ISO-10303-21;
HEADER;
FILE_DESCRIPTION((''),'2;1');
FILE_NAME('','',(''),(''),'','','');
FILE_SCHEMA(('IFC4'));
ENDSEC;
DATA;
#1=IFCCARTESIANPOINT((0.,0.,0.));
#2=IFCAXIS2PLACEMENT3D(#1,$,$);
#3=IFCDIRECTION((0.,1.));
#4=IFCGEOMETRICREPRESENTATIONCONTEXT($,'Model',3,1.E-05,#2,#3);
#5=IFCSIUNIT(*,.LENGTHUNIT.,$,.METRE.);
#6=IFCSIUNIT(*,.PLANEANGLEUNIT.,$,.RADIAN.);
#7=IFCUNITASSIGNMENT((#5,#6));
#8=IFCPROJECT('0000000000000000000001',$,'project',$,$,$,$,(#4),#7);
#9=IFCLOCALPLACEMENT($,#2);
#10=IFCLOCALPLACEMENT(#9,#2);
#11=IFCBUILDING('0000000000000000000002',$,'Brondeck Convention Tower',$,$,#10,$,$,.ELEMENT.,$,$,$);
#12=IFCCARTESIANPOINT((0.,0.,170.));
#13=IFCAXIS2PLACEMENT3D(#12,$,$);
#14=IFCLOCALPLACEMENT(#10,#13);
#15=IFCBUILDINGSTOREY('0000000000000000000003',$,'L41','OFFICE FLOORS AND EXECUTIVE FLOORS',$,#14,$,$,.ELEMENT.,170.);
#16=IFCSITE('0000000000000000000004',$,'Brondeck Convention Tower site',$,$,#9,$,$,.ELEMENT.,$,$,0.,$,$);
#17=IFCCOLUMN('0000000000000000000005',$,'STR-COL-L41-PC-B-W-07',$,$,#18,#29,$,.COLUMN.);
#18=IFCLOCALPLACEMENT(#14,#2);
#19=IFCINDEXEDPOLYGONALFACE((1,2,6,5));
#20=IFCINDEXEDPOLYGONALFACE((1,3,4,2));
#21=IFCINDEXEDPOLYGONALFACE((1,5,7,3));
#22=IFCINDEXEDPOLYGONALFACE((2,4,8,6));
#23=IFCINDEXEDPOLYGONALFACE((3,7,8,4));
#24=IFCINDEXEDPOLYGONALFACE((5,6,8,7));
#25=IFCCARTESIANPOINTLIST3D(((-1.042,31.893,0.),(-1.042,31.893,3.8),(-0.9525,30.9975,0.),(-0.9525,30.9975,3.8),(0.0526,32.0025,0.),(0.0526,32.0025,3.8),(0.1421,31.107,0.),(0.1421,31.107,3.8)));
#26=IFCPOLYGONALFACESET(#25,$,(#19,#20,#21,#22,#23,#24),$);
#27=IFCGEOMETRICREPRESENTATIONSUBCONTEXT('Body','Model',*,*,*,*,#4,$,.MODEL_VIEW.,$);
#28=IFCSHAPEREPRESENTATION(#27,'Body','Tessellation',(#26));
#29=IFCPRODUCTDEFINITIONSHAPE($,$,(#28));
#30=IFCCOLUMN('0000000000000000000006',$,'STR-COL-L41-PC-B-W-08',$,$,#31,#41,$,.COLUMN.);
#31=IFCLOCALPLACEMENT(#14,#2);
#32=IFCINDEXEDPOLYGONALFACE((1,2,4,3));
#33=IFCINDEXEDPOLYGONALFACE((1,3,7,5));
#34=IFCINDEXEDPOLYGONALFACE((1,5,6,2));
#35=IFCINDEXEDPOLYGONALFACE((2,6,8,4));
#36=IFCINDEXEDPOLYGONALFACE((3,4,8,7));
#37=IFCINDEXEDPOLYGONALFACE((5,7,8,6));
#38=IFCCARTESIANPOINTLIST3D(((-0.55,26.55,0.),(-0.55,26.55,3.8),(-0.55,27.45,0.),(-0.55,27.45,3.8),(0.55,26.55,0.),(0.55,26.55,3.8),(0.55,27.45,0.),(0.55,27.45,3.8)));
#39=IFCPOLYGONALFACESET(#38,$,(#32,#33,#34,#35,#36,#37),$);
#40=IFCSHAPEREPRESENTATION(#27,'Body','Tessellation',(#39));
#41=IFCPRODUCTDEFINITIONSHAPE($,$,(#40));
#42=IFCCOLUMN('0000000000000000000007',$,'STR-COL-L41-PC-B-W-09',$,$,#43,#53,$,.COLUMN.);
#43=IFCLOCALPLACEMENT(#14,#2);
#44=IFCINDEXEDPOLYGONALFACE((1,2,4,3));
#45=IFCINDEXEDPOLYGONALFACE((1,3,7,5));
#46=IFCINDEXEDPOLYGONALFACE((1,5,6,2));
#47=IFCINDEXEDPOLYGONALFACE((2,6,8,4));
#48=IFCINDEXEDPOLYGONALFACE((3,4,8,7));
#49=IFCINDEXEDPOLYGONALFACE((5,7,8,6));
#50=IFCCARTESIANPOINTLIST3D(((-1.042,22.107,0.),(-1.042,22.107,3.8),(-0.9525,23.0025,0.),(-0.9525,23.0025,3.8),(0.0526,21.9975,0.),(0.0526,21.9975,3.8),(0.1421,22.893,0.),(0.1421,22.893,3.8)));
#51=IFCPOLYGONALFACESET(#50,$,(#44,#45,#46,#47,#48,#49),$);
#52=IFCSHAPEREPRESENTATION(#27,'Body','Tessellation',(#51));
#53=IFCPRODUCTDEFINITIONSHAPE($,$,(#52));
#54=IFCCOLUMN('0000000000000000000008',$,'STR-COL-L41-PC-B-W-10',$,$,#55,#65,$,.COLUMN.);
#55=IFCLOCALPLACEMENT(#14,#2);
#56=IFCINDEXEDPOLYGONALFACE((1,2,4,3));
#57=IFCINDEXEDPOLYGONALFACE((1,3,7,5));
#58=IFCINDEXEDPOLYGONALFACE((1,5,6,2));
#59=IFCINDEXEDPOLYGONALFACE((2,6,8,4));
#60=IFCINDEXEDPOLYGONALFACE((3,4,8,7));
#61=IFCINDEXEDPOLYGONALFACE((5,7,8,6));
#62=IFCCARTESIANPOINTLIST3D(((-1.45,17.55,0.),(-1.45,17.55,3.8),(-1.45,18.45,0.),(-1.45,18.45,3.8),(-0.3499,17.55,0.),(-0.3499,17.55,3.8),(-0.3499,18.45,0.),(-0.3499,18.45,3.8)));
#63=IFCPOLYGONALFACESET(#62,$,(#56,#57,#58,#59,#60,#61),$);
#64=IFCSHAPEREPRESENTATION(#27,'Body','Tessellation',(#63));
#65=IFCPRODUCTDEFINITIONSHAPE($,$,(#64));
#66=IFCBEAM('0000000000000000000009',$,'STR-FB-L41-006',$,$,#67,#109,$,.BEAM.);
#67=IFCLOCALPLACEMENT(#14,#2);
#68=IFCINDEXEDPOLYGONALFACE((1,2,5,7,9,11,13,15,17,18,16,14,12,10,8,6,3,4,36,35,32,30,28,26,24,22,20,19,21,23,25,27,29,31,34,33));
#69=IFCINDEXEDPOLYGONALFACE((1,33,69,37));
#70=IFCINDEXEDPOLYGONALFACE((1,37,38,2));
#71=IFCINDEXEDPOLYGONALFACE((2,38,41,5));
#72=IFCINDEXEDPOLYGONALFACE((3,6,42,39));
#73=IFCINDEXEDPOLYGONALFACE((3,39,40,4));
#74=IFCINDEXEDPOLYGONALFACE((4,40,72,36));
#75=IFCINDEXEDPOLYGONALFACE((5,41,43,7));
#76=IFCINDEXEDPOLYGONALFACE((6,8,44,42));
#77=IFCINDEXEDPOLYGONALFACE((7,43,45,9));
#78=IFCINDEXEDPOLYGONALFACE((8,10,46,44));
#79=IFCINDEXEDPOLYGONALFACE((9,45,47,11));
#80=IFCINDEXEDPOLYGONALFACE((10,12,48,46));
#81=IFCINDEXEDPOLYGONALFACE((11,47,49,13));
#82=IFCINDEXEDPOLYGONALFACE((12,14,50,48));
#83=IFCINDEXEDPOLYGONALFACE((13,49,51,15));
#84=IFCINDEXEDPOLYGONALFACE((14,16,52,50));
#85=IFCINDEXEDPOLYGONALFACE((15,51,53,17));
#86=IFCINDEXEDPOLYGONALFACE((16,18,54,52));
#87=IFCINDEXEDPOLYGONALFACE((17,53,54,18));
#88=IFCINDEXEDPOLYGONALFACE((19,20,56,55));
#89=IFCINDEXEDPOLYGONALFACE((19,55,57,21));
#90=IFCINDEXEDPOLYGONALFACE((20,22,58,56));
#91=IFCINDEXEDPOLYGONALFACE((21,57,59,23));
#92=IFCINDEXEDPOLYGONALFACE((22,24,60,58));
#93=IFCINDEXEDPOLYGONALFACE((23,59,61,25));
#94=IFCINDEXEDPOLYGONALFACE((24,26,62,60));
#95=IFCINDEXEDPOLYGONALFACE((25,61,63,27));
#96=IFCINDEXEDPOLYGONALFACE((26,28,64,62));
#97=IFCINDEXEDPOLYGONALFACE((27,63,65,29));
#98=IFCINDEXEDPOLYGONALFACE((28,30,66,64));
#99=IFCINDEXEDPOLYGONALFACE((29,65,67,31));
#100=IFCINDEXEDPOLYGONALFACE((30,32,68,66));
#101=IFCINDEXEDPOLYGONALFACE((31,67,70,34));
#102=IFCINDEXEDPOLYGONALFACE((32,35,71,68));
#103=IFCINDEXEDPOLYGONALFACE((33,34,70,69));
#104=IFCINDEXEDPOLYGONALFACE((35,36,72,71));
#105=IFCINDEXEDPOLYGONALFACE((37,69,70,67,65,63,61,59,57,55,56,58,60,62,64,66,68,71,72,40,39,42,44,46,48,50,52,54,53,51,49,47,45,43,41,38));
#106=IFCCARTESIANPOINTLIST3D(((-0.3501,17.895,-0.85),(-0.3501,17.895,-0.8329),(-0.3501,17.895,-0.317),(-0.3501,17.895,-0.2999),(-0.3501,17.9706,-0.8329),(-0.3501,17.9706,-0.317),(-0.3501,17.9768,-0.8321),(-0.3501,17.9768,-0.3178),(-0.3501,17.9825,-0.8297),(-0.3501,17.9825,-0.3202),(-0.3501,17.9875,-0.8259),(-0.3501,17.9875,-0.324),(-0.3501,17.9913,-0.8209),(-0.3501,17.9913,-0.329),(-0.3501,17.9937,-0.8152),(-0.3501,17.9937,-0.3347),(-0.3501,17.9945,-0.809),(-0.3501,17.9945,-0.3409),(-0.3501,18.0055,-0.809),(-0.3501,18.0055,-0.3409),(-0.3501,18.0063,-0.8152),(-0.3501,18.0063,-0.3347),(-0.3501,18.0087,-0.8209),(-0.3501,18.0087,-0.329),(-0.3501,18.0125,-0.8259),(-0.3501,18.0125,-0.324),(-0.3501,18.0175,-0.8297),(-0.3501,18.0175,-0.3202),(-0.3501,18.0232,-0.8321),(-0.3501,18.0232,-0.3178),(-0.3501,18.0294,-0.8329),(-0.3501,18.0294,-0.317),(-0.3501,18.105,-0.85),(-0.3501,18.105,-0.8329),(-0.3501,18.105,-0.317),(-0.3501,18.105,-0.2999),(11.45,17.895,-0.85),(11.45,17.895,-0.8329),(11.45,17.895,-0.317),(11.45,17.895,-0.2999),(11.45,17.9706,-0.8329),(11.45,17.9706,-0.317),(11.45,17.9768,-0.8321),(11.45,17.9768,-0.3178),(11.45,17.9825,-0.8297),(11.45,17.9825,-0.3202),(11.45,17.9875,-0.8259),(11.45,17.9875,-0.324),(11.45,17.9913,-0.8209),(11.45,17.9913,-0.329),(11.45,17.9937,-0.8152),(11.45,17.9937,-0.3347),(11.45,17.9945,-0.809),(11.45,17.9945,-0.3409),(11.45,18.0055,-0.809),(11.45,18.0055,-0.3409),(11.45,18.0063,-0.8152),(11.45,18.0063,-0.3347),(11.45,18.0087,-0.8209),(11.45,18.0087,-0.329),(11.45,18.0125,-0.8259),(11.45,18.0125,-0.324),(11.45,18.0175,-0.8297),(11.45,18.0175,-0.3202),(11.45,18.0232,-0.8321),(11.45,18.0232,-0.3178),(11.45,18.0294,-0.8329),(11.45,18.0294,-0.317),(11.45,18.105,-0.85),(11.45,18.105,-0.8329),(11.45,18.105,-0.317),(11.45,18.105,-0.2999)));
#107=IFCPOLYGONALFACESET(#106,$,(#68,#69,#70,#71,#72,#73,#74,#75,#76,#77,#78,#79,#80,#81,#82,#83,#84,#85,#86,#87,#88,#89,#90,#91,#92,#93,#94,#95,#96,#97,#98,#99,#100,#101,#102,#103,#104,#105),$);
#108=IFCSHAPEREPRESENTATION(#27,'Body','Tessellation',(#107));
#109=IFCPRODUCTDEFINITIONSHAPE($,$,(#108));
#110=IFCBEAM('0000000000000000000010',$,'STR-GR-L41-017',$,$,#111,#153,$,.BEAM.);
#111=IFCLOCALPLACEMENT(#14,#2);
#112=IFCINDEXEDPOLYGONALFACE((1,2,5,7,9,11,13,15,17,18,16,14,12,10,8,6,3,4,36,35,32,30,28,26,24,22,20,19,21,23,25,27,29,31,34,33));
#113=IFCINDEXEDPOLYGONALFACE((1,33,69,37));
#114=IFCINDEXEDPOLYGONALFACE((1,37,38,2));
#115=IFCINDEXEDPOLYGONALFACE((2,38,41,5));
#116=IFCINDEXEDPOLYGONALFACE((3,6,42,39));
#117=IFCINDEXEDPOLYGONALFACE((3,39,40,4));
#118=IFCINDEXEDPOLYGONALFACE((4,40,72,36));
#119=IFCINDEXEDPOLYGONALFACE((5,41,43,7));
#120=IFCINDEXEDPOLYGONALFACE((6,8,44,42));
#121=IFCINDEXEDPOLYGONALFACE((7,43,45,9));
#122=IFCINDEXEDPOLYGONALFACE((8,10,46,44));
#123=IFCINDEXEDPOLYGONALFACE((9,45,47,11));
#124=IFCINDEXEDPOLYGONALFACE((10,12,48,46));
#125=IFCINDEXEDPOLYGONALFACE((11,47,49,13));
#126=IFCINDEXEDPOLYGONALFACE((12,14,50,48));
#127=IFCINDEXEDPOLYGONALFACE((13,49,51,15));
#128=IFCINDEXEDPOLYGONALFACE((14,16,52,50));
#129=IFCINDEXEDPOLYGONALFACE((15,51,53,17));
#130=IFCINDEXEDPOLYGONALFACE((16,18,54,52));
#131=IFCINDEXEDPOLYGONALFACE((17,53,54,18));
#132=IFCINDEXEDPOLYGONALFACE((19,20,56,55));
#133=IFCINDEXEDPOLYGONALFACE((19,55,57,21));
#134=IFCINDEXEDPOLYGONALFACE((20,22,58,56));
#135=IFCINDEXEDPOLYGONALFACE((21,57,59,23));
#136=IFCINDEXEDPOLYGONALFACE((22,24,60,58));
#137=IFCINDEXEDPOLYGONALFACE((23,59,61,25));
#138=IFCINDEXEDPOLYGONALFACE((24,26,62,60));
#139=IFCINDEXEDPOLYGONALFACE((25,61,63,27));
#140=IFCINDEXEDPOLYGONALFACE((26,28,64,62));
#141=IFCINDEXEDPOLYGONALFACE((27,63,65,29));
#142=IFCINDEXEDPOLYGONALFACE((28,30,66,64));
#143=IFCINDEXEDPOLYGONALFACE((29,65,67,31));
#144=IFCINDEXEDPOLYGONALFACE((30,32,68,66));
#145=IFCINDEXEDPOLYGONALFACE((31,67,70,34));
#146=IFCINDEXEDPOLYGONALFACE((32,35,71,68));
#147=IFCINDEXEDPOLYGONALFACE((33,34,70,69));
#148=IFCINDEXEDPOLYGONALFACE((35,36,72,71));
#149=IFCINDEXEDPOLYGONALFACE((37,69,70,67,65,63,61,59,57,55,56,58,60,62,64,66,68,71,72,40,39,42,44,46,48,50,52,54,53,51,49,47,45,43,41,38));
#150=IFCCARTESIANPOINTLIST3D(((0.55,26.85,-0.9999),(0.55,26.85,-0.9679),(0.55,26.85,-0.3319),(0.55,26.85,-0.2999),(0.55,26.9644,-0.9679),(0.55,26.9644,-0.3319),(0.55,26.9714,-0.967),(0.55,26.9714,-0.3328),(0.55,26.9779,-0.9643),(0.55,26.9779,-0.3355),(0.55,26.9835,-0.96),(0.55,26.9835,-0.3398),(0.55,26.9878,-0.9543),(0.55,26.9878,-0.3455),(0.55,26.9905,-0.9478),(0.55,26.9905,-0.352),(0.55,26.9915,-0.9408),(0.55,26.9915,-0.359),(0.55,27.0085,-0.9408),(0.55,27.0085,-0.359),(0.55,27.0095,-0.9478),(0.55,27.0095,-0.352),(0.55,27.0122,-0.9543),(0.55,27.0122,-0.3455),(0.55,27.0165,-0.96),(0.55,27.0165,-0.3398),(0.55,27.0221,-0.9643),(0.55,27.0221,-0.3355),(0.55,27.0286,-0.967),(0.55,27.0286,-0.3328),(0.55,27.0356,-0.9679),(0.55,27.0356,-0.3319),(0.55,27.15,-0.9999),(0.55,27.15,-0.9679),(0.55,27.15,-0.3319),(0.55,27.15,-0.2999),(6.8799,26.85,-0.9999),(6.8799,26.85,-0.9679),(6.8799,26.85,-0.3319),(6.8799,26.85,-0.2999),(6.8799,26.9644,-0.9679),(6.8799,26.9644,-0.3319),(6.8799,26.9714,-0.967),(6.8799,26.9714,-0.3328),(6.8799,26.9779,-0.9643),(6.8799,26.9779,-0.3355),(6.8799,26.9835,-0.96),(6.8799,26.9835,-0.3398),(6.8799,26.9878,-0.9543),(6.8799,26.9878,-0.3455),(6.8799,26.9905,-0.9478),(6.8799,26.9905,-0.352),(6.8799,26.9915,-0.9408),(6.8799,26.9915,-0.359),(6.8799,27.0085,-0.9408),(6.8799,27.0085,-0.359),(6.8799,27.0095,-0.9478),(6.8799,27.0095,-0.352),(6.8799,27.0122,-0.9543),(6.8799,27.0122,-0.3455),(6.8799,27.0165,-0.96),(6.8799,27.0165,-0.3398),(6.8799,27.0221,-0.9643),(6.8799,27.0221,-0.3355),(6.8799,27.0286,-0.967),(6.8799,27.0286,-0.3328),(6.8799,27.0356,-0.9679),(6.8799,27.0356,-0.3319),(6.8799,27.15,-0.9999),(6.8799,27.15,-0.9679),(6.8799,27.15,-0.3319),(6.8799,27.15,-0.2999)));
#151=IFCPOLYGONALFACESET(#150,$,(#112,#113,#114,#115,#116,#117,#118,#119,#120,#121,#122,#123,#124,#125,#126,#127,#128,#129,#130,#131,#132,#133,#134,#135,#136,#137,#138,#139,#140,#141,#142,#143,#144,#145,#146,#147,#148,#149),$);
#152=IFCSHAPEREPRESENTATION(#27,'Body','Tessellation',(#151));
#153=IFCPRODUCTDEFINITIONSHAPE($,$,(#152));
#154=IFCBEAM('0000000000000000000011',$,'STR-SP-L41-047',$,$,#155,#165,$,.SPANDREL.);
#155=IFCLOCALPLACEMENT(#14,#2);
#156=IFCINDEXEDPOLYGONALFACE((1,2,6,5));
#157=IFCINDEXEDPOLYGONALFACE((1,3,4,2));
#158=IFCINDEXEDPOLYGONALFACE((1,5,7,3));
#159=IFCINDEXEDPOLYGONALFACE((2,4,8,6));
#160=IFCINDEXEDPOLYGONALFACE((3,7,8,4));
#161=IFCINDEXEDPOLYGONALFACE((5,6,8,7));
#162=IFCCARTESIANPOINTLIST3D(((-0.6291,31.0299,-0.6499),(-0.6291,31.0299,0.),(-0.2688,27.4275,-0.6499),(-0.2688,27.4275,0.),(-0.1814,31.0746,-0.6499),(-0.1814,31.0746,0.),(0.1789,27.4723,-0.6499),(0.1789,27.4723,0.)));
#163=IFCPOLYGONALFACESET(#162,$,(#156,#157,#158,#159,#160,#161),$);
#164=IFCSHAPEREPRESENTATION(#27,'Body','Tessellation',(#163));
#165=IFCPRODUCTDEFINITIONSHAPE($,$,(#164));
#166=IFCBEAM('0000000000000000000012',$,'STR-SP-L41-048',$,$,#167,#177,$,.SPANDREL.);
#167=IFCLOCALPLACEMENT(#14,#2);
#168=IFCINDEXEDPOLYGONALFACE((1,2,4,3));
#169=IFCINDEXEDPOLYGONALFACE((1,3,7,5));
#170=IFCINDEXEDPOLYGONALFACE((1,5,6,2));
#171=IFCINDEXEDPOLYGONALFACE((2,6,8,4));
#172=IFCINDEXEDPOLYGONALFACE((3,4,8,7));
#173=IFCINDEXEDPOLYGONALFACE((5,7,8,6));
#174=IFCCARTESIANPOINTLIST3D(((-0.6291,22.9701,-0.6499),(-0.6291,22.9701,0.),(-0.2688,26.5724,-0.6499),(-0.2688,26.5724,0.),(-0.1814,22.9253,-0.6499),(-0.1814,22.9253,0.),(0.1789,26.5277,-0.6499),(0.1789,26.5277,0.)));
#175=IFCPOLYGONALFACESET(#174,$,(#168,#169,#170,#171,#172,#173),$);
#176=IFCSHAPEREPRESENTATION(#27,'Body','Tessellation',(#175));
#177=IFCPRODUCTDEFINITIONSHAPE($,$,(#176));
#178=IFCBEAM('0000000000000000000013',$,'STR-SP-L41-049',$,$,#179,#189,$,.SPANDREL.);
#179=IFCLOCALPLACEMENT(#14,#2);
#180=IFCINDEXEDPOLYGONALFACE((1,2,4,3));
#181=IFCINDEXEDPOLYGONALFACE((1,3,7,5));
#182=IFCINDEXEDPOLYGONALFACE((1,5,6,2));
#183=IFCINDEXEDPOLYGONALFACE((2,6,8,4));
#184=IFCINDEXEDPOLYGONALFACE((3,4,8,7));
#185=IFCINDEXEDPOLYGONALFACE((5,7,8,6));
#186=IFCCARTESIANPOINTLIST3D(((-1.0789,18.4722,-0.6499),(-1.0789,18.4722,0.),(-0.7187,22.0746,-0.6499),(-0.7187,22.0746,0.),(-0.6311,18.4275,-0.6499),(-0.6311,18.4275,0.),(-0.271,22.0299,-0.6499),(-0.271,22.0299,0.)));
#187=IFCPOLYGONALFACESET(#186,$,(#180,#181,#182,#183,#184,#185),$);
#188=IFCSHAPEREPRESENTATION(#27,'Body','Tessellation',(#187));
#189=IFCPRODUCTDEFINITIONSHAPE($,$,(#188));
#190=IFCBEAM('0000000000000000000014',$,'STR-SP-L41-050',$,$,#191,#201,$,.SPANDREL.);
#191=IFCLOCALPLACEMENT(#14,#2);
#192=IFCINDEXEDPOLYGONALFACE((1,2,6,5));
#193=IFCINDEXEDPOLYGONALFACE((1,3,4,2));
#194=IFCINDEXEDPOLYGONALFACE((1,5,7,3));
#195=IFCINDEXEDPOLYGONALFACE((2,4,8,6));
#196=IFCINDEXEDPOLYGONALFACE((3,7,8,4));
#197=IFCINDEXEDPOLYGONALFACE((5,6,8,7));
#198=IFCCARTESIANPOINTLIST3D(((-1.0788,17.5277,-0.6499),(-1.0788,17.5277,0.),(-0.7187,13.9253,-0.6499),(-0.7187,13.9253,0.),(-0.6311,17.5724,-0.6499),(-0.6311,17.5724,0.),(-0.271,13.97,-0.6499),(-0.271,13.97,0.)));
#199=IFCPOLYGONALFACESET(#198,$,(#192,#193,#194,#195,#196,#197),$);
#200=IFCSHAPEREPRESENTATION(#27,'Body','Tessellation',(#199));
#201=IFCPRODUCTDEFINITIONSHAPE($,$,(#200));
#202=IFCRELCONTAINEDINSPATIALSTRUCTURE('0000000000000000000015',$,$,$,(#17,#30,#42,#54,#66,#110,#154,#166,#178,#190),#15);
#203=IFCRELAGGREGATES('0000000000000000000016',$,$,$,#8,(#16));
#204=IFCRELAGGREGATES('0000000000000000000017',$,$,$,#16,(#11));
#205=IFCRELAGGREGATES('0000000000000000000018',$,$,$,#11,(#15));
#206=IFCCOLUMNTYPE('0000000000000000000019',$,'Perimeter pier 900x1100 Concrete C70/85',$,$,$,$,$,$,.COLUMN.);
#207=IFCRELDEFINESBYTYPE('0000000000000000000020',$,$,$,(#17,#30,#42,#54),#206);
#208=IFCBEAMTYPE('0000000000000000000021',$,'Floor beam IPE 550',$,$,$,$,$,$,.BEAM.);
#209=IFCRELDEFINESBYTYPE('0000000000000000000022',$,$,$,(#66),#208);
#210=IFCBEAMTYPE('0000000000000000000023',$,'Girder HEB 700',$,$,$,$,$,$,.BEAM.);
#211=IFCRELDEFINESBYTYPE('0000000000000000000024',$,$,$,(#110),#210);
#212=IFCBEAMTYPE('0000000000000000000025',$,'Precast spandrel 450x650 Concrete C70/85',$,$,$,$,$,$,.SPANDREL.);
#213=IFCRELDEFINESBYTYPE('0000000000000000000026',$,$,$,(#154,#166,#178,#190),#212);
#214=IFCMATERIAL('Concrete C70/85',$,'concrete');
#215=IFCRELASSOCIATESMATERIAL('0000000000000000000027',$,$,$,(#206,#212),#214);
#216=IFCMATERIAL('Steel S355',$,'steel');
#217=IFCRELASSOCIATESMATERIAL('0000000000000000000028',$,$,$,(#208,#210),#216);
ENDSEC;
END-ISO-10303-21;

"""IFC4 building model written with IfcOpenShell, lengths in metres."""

from ifc_helpers import new_model, si_unit, direction, frame, origin, origin_2d, place, context, subcontext, project, spatial, rectangle, i_section, extrude, material, material_profile, profile_set, type_object, element, save


model = new_model("IFC4")

# Units and contexts
model_context = context("Model", 3, precision=1e-05, world=origin(), true_north=direction((0.0, 1.0)))
body_context = subcontext(model_context, "Body", "Model", "MODEL_VIEW")
ifc_project = project(units=[si_unit("LENGTHUNIT", "METRE"), si_unit("PLANEANGLEUNIT", "RADIAN")], contexts=[model_context])

# Site, building, storey
site_placement = place(None, origin())
site = spatial("IfcSite", under=ifc_project, at=site_placement, Name="Brondeck Convention Tower site", CompositionType="ELEMENT", RefElevation=0.0)
building_placement = place(site_placement, origin())
building = spatial("IfcBuilding", under=site, at=building_placement, Name="Brondeck Convention Tower", CompositionType="ELEMENT")
storey_placement = place(building_placement, frame((0.0, 0.0, 170.0)))
storey = spatial("IfcBuildingStorey", under=building, at=storey_placement, Name="L41", Description="OFFICE FLOORS AND EXECUTIVE FLOORS", CompositionType="ELEMENT", Elevation=170.0)

# Columns
ifc_material_1 = material(Name="Concrete C70/85", Category="concrete")
ifc_material_profile_1 = material_profile(ifc_material_1, rectangle(XDim=0.8999, YDim=1.1001, at=origin_2d()), Name="Perimeter pier 900x1100 Concrete C70/85")
ifc_profile_set_1 = profile_set([ifc_material_profile_1], Name="Concrete C70/85")
column_type = type_object("IfcColumnType", Name="Perimeter pier 900x1100 Concrete C70/85", PredefinedType="COLUMN", material=ifc_profile_set_1)
for number, where, z_axis, x_axis, name in (
    (1, (-0.45, 31.5, 0.0), (0.0, 0.0, 1.0), (0.099504, -0.995037, 0.0), "STR-COL-L41-PC-B-W-07"),
    (2, (0.0, 27.0, 0.0), (0.0, 0.0, 1.0), (0.0, -1.0, 0.0), "STR-COL-L41-PC-B-W-08"),
    (3, (-0.45, 22.5, 0.0), (0.0, 0.0, 1.0), (-0.099504, -0.995037, 0.0), "STR-COL-L41-PC-B-W-09"),
    (4, (-0.8999, 18.0, 0.0), (0.0, 0.0, 1.0), (0.0, -1.0, 0.0), "STR-COL-L41-PC-B-W-10"),
):
    element("IfcColumn", number, at=place(storey_placement, frame(where, z_axis=z_axis, x_axis=x_axis)), inside=storey, type_object=column_type, Name=name, PredefinedType="COLUMN", context=body_context, shape_type="SweptSolid", body=[
        extrude(rectangle(XDim=0.8999, YDim=1.1001, at=origin_2d()), origin(), (0.0, 0.0, 1.0), 3.8),
    ])

# Beams
ifc_material_2 = material(Name="Steel S355", Category="steel")
ifc_material_profile_2 = material_profile(ifc_material_2, i_section(OverallWidth=0.21, OverallDepth=0.55, WebThickness=0.011, FlangeThickness=0.0171, FilletRadius=0.0239, at=origin_2d()), Name="IPE 550")
ifc_profile_set_2 = profile_set([ifc_material_profile_2], Name="Steel S355")
beam_type_1 = type_object("IfcBeamType", Name="Floor beam IPE 550", PredefinedType="BEAM", material=ifc_profile_set_2)
beam_1_placement = place(storey_placement, frame((-0.3501, 18.0, -0.575), z_axis=(1.0, 0.0, 0.0), x_axis=(0.0, 1.0, 0.0)))
element("IfcBeam", 5, at=beam_1_placement, inside=storey, type_object=beam_type_1, Name="STR-FB-L41-006", PredefinedType="BEAM", context=body_context, shape_type="SweptSolid", body=[
    extrude(i_section(OverallWidth=0.21, OverallDepth=0.55, WebThickness=0.011, FlangeThickness=0.0171, FilletRadius=0.0239, at=origin_2d()), origin(), (0.0, 0.0, 1.0), 11.8),
])
ifc_material_profile_3 = material_profile(ifc_material_2, i_section(OverallWidth=0.3, OverallDepth=0.7, WebThickness=0.0171, FlangeThickness=0.032, FilletRadius=0.0271, at=origin_2d()), Name="HEB 700")
ifc_profile_set_3 = profile_set([ifc_material_profile_3], Name="Steel S355")
beam_type_2 = type_object("IfcBeamType", Name="Girder HEB 700", PredefinedType="BEAM", material=ifc_profile_set_3)
beam_2_placement = place(storey_placement, frame((0.55, 27.0, -0.6499), z_axis=(1.0, 0.0, 0.0), x_axis=(0.0, 1.0, 0.0)))
element("IfcBeam", 6, at=beam_2_placement, inside=storey, type_object=beam_type_2, Name="STR-GR-L41-017", PredefinedType="BEAM", context=body_context, shape_type="SweptSolid", body=[
    extrude(i_section(OverallWidth=0.3, OverallDepth=0.7, WebThickness=0.0171, FlangeThickness=0.032, FilletRadius=0.0271, at=origin_2d()), origin(), (0.0, 0.0, 1.0), 6.3298),
])
ifc_material_profile_4 = material_profile(ifc_material_1, rectangle(XDim=0.45, YDim=0.6499, at=origin_2d()), Name="Precast spandrel 450x650 Concrete C70/85")
ifc_profile_set_4 = profile_set([ifc_material_profile_4], Name="Concrete C70/85")
beam_type_3 = type_object("IfcBeamType", Name="Precast spandrel 450x650 Concrete C70/85", PredefinedType="SPANDREL", material=ifc_profile_set_4)
for number, where, z_axis, x_axis, name in (
    (7, (-0.4053, 31.0522, -0.325), (0.099537, -0.995034, 0.0), (0.995034, 0.099537, 0.0), "STR-SP-L41-047"),
    (8, (-0.0449, 26.55, -0.325), (-0.099537, -0.995034, 0.0), (0.995034, -0.099537, 0.0), "STR-SP-L41-048"),
    (9, (-0.4949, 22.0522, -0.325), (-0.09947, -0.995041, 0.0), (0.995041, -0.09947, 0.0), "STR-SP-L41-049"),
    (10, (-0.855, 17.55, -0.325), (0.09947, -0.995041, 0.0), (0.995041, 0.09947, 0.0), "STR-SP-L41-050"),
):
    element("IfcBeam", number, at=place(storey_placement, frame(where, z_axis=z_axis, x_axis=x_axis)), inside=storey, type_object=beam_type_3, Name=name, PredefinedType="SPANDREL", context=body_context, shape_type="SweptSolid", body=[
        extrude(rectangle(XDim=0.45, YDim=0.6499, at=origin_2d()), origin(), (0.0, 0.0, 1.0), 3.6204),
    ])

save(model, "model.ifc")
